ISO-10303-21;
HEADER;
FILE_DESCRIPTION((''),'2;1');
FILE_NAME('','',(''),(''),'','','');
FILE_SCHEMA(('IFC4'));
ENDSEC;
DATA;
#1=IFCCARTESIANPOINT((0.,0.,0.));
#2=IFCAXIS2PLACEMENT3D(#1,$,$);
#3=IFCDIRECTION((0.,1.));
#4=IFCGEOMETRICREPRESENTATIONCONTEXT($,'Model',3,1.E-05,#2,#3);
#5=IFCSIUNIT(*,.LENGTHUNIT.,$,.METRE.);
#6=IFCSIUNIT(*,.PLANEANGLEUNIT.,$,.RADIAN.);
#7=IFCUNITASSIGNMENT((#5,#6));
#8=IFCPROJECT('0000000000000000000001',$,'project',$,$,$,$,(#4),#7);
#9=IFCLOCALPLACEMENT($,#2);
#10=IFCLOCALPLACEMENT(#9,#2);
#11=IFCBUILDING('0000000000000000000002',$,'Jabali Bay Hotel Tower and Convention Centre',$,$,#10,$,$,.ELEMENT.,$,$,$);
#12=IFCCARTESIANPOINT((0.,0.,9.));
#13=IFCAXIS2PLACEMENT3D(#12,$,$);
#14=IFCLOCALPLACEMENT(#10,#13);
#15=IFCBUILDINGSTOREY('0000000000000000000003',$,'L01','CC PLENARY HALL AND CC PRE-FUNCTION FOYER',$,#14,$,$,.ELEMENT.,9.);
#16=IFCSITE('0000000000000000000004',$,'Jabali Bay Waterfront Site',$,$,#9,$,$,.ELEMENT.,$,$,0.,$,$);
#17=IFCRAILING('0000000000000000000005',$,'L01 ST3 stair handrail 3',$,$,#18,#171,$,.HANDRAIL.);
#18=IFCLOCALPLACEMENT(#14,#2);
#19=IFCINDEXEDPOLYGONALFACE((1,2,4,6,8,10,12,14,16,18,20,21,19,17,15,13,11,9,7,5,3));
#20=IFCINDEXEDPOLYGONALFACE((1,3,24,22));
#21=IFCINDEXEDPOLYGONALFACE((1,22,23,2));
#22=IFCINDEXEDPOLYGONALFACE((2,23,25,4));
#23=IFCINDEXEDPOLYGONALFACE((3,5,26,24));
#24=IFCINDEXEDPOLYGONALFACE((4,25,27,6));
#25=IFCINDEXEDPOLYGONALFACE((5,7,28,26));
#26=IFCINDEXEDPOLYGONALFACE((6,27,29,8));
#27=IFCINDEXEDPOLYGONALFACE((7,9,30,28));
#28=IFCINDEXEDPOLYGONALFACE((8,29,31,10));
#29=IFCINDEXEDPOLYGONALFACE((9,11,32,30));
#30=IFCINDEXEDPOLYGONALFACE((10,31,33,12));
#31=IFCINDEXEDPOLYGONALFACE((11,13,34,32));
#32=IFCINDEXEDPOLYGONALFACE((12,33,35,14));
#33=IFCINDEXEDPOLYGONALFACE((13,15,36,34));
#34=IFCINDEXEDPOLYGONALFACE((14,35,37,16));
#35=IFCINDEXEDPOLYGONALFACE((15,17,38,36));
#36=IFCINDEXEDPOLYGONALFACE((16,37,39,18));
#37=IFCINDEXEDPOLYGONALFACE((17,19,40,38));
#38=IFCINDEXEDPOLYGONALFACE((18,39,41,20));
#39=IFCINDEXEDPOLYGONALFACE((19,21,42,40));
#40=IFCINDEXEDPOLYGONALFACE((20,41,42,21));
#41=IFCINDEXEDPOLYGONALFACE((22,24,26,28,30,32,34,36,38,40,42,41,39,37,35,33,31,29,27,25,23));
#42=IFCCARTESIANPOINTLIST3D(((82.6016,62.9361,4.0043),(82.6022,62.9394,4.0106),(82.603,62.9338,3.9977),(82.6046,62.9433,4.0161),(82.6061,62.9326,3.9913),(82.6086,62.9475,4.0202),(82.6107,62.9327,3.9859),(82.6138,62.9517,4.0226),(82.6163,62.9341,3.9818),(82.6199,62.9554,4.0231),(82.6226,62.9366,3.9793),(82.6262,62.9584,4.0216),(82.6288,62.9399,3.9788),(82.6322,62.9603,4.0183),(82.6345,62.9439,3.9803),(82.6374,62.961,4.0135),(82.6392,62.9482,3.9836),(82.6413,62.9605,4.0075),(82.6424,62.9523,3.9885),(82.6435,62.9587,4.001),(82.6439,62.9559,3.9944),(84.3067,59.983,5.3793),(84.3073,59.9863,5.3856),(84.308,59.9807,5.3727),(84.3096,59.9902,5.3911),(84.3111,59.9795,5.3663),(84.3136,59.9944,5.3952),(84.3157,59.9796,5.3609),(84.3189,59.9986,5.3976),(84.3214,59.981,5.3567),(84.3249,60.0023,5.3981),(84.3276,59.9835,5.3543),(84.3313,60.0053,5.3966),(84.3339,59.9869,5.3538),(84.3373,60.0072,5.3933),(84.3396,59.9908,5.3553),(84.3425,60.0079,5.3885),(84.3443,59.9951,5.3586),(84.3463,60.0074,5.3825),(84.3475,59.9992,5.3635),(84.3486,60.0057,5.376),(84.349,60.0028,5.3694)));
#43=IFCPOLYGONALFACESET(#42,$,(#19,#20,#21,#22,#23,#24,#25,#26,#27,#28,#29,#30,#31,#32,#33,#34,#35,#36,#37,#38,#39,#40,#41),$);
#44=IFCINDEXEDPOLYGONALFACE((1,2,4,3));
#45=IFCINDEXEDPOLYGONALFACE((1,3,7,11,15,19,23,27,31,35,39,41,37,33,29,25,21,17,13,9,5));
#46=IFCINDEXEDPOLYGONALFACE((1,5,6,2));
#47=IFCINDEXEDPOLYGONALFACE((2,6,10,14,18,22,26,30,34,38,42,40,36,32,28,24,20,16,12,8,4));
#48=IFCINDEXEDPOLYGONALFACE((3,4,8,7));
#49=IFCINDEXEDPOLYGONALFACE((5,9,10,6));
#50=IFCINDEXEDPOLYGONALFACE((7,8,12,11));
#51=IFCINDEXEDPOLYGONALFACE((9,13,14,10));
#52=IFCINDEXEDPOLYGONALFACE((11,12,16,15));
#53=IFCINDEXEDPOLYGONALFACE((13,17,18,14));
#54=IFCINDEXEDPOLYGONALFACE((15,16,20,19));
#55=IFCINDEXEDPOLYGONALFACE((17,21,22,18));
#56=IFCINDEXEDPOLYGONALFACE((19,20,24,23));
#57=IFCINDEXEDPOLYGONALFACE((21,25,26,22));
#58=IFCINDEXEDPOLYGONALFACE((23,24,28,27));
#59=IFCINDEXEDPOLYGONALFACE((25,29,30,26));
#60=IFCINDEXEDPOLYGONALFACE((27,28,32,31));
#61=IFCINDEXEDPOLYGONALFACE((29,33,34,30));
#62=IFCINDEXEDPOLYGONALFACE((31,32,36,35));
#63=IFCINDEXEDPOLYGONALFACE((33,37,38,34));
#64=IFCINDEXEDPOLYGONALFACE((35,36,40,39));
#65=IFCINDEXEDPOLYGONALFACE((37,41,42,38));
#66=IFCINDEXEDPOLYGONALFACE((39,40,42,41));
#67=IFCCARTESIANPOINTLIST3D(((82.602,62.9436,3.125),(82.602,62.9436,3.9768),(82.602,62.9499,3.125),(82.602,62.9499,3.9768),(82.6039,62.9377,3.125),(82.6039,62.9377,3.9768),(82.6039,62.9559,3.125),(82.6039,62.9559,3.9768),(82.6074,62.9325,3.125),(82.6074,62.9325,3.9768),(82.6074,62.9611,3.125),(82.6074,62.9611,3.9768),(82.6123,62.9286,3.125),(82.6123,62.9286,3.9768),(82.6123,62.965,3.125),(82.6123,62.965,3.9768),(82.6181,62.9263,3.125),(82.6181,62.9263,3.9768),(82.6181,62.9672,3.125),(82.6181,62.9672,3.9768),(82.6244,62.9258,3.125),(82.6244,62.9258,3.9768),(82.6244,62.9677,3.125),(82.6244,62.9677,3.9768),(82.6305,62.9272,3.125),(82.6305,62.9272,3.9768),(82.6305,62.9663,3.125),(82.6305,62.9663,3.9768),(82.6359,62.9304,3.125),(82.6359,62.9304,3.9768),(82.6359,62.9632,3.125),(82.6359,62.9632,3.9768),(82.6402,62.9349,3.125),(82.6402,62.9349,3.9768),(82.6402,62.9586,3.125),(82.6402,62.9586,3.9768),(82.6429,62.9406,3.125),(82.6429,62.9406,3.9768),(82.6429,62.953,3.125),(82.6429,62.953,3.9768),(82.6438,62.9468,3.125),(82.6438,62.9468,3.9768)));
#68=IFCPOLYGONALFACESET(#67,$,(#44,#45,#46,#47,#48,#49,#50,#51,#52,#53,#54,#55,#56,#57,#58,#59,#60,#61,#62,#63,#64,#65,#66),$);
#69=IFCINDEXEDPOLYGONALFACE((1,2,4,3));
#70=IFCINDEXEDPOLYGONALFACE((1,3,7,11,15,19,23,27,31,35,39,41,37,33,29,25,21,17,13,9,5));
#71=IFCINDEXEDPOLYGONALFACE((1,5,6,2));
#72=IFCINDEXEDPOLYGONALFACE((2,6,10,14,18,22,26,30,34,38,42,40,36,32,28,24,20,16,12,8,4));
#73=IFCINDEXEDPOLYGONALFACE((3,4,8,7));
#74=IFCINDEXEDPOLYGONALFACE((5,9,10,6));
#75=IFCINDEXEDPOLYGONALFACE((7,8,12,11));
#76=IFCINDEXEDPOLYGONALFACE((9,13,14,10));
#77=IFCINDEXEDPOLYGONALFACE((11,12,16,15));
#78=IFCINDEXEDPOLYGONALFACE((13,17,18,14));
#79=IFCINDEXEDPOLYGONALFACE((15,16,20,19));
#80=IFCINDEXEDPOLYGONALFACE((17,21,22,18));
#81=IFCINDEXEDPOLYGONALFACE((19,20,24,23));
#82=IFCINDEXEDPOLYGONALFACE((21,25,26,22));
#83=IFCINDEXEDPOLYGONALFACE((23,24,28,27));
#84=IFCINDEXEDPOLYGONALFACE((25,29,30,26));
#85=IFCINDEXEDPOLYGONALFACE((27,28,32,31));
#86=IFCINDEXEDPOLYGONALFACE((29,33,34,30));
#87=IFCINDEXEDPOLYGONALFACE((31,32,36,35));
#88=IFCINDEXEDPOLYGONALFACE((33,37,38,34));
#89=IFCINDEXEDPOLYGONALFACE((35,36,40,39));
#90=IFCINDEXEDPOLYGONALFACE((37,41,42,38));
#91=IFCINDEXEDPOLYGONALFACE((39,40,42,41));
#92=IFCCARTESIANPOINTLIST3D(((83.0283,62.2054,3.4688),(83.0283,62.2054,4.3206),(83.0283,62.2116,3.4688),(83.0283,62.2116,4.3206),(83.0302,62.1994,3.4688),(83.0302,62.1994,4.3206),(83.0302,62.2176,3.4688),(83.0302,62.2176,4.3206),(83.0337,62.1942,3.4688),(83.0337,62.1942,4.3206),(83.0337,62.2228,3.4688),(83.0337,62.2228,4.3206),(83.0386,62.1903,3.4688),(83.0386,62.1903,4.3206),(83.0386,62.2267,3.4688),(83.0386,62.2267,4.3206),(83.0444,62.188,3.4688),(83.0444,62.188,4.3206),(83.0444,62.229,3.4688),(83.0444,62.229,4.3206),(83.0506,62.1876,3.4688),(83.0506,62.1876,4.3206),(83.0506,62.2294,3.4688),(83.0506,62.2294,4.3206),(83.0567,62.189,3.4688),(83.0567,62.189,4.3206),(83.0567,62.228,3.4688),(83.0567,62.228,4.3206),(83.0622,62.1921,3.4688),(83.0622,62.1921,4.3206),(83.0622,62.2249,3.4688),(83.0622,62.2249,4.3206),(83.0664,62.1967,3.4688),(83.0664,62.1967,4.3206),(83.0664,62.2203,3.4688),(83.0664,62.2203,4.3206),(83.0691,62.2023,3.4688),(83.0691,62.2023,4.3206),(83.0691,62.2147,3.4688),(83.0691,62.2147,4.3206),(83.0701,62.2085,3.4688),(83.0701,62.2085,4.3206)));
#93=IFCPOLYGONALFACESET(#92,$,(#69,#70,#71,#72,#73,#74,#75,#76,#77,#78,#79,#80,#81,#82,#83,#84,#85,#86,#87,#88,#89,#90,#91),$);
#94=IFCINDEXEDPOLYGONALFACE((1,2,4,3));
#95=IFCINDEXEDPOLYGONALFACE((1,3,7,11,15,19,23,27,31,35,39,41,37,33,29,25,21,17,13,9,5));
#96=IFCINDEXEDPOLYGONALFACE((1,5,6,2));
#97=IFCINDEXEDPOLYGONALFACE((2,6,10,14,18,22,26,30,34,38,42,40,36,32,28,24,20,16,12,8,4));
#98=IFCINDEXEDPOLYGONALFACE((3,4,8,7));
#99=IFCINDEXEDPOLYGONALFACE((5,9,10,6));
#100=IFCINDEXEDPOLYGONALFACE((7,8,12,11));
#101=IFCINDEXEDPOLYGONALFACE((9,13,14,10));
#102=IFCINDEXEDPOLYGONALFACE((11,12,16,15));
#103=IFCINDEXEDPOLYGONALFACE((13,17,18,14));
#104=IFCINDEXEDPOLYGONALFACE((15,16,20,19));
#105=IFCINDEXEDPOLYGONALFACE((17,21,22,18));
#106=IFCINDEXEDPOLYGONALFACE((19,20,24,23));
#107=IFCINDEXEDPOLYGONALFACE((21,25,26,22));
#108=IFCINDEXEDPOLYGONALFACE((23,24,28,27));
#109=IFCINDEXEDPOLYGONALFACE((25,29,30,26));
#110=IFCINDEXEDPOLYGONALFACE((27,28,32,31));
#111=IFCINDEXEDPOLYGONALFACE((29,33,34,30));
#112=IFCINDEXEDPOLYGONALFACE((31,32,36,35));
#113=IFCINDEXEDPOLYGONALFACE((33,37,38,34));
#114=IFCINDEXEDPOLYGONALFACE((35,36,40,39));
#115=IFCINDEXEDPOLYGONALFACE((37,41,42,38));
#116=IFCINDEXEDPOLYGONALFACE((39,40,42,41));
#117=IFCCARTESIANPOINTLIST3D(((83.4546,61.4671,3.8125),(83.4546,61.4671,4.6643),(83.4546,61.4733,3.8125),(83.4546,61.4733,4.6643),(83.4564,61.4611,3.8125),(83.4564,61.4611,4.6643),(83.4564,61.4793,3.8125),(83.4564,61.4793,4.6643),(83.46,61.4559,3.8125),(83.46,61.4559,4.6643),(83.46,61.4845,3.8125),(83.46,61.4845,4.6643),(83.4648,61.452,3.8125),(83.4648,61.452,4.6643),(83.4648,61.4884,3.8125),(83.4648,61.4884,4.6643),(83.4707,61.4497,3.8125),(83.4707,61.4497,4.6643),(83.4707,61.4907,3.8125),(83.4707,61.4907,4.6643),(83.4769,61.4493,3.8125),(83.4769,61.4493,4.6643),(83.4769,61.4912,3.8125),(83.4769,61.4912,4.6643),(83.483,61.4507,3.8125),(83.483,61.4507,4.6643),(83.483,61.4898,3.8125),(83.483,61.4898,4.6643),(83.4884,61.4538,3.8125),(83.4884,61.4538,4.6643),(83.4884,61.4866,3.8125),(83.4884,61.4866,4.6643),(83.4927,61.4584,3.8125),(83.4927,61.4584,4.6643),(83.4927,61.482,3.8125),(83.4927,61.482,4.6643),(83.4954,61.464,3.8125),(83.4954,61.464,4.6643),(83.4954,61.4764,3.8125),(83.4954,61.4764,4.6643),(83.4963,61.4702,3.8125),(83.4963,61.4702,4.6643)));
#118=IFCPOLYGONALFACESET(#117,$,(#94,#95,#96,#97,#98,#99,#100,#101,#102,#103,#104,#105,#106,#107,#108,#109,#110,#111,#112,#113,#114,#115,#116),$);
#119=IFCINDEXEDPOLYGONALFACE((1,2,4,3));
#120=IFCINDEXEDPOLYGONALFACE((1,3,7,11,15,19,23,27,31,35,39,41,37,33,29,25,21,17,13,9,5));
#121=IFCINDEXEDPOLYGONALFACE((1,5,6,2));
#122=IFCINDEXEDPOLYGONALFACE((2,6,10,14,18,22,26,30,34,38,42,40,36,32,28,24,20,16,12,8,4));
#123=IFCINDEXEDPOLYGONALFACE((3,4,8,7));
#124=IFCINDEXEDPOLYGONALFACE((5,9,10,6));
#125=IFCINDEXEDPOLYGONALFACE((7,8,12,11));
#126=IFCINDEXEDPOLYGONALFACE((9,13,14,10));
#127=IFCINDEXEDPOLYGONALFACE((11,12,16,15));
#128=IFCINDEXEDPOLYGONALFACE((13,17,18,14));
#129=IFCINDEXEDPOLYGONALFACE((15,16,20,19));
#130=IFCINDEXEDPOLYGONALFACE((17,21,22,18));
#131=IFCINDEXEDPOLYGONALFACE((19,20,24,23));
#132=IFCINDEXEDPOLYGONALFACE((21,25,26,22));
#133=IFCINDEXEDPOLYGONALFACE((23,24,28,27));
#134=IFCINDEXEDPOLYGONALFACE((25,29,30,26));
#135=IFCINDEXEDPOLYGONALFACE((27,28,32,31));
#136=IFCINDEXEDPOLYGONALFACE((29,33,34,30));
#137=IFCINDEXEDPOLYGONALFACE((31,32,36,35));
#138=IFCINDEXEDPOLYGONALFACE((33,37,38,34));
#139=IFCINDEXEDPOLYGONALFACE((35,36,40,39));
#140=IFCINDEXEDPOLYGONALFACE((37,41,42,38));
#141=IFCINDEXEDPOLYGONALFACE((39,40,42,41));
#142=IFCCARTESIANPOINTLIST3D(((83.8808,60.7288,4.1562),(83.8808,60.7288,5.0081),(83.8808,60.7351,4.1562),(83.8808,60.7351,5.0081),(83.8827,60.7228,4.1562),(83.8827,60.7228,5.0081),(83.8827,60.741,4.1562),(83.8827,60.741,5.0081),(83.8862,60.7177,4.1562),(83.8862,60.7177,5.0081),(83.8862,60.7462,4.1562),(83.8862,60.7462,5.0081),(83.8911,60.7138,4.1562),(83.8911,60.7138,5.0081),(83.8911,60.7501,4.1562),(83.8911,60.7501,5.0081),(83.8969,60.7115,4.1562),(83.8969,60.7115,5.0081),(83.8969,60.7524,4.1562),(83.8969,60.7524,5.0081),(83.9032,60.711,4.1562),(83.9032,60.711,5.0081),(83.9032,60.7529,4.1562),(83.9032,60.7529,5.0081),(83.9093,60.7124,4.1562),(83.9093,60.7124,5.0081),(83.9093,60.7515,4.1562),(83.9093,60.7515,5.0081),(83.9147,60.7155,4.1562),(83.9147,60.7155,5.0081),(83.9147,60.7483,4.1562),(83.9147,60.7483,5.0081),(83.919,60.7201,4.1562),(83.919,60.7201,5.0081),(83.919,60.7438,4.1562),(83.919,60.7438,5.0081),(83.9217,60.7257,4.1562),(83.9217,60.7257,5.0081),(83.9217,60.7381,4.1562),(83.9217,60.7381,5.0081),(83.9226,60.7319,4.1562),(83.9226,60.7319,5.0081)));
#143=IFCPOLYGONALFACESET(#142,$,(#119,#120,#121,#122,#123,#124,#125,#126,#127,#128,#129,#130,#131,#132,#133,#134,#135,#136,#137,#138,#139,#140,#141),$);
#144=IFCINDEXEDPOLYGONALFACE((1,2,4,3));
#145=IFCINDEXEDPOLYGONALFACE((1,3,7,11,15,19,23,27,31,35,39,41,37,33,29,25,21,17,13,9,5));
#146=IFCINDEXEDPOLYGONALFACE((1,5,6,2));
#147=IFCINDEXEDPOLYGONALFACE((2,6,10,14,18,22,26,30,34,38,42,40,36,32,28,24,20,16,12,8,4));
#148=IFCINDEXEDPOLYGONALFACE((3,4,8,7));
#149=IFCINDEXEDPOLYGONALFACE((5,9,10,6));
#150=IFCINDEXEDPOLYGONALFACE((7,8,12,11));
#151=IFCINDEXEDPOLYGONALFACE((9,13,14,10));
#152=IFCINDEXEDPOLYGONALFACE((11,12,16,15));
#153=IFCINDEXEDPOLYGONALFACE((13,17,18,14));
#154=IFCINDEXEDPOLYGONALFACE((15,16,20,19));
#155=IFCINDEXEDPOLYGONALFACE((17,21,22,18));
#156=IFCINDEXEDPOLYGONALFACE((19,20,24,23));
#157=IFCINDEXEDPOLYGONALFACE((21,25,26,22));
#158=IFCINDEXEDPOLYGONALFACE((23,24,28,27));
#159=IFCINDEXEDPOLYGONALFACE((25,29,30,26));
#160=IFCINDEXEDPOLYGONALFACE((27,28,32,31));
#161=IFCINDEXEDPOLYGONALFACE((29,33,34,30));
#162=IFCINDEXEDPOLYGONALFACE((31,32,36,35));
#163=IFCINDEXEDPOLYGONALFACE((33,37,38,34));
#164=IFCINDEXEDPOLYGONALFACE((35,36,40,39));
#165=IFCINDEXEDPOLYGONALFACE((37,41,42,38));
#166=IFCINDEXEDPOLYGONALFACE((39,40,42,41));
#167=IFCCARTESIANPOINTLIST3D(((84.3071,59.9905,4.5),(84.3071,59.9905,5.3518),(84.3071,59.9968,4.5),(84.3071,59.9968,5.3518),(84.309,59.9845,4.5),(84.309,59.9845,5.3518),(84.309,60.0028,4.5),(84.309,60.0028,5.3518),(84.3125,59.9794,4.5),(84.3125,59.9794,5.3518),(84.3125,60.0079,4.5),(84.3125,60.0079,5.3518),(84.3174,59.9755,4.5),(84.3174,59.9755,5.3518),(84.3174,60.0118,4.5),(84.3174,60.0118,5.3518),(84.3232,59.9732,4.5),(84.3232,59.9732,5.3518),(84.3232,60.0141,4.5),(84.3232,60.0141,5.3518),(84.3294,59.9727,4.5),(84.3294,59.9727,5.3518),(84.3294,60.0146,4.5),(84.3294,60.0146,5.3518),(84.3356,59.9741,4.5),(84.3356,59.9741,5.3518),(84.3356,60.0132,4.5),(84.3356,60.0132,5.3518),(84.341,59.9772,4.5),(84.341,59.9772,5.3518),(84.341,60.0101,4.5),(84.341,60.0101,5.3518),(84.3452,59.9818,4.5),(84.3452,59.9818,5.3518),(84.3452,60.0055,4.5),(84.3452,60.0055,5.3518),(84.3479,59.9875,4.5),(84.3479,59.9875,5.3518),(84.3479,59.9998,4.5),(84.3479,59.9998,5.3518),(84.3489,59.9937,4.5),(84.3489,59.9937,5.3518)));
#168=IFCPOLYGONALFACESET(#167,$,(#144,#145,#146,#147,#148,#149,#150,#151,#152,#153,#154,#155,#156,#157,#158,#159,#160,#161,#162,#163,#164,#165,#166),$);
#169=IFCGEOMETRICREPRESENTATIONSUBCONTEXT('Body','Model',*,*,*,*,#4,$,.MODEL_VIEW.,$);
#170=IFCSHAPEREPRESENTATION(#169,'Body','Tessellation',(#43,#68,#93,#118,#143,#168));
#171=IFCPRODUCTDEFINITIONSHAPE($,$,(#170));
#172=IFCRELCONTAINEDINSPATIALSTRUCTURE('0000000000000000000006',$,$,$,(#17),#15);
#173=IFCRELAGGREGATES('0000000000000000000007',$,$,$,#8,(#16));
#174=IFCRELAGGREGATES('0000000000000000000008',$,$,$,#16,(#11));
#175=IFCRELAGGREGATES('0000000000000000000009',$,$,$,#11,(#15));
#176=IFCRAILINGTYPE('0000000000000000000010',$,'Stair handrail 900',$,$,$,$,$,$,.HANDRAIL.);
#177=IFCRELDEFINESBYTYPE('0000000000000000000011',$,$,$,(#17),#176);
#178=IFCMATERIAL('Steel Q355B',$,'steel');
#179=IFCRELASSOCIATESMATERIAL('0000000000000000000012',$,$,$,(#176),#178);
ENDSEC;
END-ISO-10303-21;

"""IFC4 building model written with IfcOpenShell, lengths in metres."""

from ifc_helpers import new_model, si_unit, direction, frame, origin, origin_2d, place, context, subcontext, project, spatial, circle, extrude, material, type_object, element, save


model = new_model("IFC4")

# Units and contexts
model_context = context("Model", 3, precision=1e-05, world=origin(), true_north=direction((0.0, 1.0)))
body_context = subcontext(model_context, "Body", "Model", "MODEL_VIEW")
ifc_project = project(units=[si_unit("LENGTHUNIT", "METRE"), si_unit("PLANEANGLEUNIT", "RADIAN")], contexts=[model_context])

# Site, building, storey
site_placement = place(None, origin())
site = spatial("IfcSite", under=ifc_project, at=site_placement, Name="Jabali Bay Waterfront Site", CompositionType="ELEMENT", RefElevation=0.0)
building_placement = place(site_placement, origin())
building = spatial("IfcBuilding", under=site, at=building_placement, Name="Jabali Bay Hotel Tower and Convention Centre", CompositionType="ELEMENT")
storey_placement = place(building_placement, frame((0.0, 0.0, 9.0)))
storey = spatial("IfcBuildingStorey", under=building, at=storey_placement, Name="L01", Description="CC PLENARY HALL AND CC PRE-FUNCTION FOYER", CompositionType="ELEMENT", Elevation=9.0)

# Railing
ifc_material_1 = material(Name="Steel Q355B", Category="steel")
railing_type_1 = type_object("IfcRailingType", Name="Stair handrail 900", PredefinedType="HANDRAIL", material=ifc_material_1)
for number, where, name in (
    (1, (82.6228, 62.9468, 3.125), "L01 ST3 stair handrail 3"),
):
    element("IfcRailing", number, at=place(storey_placement, frame(where)), inside=storey, type_object=railing_type_1, Name=name, PredefinedType="HANDRAIL", context=body_context, shape_type="SweptSolid", body=[
        extrude(circle(Radius=0.0239, at=origin_2d()), frame((0.0, 0.0, 0.876), z_axis=(0.46374, -0.803178, 0.373966), x_axis=(0.866014, 0.50002, 0.0)), (0.0, 0.0, 1.0), 3.6768),
        extrude(circle(Radius=0.021, at=origin_2d()), origin(), (0.0, 0.0, 1.0), 0.8518),
        extrude(circle(Radius=0.021, at=origin_2d()), frame((0.4263, -0.7383, 0.3438)), (0.0, 0.0, 1.0), 0.8518),
        extrude(circle(Radius=0.021, at=origin_2d()), frame((0.8525, -1.4766, 0.6875)), (0.0, 0.0, 1.0), 0.8518),
        extrude(circle(Radius=0.021, at=origin_2d()), frame((1.2788, -2.2148, 1.0312)), (0.0, 0.0, 1.0), 0.8518),
        extrude(circle(Radius=0.021, at=origin_2d()), frame((1.7051, -2.9531, 1.375)), (0.0, 0.0, 1.0), 0.8518),
    ])

save(model, "model.ifc")
